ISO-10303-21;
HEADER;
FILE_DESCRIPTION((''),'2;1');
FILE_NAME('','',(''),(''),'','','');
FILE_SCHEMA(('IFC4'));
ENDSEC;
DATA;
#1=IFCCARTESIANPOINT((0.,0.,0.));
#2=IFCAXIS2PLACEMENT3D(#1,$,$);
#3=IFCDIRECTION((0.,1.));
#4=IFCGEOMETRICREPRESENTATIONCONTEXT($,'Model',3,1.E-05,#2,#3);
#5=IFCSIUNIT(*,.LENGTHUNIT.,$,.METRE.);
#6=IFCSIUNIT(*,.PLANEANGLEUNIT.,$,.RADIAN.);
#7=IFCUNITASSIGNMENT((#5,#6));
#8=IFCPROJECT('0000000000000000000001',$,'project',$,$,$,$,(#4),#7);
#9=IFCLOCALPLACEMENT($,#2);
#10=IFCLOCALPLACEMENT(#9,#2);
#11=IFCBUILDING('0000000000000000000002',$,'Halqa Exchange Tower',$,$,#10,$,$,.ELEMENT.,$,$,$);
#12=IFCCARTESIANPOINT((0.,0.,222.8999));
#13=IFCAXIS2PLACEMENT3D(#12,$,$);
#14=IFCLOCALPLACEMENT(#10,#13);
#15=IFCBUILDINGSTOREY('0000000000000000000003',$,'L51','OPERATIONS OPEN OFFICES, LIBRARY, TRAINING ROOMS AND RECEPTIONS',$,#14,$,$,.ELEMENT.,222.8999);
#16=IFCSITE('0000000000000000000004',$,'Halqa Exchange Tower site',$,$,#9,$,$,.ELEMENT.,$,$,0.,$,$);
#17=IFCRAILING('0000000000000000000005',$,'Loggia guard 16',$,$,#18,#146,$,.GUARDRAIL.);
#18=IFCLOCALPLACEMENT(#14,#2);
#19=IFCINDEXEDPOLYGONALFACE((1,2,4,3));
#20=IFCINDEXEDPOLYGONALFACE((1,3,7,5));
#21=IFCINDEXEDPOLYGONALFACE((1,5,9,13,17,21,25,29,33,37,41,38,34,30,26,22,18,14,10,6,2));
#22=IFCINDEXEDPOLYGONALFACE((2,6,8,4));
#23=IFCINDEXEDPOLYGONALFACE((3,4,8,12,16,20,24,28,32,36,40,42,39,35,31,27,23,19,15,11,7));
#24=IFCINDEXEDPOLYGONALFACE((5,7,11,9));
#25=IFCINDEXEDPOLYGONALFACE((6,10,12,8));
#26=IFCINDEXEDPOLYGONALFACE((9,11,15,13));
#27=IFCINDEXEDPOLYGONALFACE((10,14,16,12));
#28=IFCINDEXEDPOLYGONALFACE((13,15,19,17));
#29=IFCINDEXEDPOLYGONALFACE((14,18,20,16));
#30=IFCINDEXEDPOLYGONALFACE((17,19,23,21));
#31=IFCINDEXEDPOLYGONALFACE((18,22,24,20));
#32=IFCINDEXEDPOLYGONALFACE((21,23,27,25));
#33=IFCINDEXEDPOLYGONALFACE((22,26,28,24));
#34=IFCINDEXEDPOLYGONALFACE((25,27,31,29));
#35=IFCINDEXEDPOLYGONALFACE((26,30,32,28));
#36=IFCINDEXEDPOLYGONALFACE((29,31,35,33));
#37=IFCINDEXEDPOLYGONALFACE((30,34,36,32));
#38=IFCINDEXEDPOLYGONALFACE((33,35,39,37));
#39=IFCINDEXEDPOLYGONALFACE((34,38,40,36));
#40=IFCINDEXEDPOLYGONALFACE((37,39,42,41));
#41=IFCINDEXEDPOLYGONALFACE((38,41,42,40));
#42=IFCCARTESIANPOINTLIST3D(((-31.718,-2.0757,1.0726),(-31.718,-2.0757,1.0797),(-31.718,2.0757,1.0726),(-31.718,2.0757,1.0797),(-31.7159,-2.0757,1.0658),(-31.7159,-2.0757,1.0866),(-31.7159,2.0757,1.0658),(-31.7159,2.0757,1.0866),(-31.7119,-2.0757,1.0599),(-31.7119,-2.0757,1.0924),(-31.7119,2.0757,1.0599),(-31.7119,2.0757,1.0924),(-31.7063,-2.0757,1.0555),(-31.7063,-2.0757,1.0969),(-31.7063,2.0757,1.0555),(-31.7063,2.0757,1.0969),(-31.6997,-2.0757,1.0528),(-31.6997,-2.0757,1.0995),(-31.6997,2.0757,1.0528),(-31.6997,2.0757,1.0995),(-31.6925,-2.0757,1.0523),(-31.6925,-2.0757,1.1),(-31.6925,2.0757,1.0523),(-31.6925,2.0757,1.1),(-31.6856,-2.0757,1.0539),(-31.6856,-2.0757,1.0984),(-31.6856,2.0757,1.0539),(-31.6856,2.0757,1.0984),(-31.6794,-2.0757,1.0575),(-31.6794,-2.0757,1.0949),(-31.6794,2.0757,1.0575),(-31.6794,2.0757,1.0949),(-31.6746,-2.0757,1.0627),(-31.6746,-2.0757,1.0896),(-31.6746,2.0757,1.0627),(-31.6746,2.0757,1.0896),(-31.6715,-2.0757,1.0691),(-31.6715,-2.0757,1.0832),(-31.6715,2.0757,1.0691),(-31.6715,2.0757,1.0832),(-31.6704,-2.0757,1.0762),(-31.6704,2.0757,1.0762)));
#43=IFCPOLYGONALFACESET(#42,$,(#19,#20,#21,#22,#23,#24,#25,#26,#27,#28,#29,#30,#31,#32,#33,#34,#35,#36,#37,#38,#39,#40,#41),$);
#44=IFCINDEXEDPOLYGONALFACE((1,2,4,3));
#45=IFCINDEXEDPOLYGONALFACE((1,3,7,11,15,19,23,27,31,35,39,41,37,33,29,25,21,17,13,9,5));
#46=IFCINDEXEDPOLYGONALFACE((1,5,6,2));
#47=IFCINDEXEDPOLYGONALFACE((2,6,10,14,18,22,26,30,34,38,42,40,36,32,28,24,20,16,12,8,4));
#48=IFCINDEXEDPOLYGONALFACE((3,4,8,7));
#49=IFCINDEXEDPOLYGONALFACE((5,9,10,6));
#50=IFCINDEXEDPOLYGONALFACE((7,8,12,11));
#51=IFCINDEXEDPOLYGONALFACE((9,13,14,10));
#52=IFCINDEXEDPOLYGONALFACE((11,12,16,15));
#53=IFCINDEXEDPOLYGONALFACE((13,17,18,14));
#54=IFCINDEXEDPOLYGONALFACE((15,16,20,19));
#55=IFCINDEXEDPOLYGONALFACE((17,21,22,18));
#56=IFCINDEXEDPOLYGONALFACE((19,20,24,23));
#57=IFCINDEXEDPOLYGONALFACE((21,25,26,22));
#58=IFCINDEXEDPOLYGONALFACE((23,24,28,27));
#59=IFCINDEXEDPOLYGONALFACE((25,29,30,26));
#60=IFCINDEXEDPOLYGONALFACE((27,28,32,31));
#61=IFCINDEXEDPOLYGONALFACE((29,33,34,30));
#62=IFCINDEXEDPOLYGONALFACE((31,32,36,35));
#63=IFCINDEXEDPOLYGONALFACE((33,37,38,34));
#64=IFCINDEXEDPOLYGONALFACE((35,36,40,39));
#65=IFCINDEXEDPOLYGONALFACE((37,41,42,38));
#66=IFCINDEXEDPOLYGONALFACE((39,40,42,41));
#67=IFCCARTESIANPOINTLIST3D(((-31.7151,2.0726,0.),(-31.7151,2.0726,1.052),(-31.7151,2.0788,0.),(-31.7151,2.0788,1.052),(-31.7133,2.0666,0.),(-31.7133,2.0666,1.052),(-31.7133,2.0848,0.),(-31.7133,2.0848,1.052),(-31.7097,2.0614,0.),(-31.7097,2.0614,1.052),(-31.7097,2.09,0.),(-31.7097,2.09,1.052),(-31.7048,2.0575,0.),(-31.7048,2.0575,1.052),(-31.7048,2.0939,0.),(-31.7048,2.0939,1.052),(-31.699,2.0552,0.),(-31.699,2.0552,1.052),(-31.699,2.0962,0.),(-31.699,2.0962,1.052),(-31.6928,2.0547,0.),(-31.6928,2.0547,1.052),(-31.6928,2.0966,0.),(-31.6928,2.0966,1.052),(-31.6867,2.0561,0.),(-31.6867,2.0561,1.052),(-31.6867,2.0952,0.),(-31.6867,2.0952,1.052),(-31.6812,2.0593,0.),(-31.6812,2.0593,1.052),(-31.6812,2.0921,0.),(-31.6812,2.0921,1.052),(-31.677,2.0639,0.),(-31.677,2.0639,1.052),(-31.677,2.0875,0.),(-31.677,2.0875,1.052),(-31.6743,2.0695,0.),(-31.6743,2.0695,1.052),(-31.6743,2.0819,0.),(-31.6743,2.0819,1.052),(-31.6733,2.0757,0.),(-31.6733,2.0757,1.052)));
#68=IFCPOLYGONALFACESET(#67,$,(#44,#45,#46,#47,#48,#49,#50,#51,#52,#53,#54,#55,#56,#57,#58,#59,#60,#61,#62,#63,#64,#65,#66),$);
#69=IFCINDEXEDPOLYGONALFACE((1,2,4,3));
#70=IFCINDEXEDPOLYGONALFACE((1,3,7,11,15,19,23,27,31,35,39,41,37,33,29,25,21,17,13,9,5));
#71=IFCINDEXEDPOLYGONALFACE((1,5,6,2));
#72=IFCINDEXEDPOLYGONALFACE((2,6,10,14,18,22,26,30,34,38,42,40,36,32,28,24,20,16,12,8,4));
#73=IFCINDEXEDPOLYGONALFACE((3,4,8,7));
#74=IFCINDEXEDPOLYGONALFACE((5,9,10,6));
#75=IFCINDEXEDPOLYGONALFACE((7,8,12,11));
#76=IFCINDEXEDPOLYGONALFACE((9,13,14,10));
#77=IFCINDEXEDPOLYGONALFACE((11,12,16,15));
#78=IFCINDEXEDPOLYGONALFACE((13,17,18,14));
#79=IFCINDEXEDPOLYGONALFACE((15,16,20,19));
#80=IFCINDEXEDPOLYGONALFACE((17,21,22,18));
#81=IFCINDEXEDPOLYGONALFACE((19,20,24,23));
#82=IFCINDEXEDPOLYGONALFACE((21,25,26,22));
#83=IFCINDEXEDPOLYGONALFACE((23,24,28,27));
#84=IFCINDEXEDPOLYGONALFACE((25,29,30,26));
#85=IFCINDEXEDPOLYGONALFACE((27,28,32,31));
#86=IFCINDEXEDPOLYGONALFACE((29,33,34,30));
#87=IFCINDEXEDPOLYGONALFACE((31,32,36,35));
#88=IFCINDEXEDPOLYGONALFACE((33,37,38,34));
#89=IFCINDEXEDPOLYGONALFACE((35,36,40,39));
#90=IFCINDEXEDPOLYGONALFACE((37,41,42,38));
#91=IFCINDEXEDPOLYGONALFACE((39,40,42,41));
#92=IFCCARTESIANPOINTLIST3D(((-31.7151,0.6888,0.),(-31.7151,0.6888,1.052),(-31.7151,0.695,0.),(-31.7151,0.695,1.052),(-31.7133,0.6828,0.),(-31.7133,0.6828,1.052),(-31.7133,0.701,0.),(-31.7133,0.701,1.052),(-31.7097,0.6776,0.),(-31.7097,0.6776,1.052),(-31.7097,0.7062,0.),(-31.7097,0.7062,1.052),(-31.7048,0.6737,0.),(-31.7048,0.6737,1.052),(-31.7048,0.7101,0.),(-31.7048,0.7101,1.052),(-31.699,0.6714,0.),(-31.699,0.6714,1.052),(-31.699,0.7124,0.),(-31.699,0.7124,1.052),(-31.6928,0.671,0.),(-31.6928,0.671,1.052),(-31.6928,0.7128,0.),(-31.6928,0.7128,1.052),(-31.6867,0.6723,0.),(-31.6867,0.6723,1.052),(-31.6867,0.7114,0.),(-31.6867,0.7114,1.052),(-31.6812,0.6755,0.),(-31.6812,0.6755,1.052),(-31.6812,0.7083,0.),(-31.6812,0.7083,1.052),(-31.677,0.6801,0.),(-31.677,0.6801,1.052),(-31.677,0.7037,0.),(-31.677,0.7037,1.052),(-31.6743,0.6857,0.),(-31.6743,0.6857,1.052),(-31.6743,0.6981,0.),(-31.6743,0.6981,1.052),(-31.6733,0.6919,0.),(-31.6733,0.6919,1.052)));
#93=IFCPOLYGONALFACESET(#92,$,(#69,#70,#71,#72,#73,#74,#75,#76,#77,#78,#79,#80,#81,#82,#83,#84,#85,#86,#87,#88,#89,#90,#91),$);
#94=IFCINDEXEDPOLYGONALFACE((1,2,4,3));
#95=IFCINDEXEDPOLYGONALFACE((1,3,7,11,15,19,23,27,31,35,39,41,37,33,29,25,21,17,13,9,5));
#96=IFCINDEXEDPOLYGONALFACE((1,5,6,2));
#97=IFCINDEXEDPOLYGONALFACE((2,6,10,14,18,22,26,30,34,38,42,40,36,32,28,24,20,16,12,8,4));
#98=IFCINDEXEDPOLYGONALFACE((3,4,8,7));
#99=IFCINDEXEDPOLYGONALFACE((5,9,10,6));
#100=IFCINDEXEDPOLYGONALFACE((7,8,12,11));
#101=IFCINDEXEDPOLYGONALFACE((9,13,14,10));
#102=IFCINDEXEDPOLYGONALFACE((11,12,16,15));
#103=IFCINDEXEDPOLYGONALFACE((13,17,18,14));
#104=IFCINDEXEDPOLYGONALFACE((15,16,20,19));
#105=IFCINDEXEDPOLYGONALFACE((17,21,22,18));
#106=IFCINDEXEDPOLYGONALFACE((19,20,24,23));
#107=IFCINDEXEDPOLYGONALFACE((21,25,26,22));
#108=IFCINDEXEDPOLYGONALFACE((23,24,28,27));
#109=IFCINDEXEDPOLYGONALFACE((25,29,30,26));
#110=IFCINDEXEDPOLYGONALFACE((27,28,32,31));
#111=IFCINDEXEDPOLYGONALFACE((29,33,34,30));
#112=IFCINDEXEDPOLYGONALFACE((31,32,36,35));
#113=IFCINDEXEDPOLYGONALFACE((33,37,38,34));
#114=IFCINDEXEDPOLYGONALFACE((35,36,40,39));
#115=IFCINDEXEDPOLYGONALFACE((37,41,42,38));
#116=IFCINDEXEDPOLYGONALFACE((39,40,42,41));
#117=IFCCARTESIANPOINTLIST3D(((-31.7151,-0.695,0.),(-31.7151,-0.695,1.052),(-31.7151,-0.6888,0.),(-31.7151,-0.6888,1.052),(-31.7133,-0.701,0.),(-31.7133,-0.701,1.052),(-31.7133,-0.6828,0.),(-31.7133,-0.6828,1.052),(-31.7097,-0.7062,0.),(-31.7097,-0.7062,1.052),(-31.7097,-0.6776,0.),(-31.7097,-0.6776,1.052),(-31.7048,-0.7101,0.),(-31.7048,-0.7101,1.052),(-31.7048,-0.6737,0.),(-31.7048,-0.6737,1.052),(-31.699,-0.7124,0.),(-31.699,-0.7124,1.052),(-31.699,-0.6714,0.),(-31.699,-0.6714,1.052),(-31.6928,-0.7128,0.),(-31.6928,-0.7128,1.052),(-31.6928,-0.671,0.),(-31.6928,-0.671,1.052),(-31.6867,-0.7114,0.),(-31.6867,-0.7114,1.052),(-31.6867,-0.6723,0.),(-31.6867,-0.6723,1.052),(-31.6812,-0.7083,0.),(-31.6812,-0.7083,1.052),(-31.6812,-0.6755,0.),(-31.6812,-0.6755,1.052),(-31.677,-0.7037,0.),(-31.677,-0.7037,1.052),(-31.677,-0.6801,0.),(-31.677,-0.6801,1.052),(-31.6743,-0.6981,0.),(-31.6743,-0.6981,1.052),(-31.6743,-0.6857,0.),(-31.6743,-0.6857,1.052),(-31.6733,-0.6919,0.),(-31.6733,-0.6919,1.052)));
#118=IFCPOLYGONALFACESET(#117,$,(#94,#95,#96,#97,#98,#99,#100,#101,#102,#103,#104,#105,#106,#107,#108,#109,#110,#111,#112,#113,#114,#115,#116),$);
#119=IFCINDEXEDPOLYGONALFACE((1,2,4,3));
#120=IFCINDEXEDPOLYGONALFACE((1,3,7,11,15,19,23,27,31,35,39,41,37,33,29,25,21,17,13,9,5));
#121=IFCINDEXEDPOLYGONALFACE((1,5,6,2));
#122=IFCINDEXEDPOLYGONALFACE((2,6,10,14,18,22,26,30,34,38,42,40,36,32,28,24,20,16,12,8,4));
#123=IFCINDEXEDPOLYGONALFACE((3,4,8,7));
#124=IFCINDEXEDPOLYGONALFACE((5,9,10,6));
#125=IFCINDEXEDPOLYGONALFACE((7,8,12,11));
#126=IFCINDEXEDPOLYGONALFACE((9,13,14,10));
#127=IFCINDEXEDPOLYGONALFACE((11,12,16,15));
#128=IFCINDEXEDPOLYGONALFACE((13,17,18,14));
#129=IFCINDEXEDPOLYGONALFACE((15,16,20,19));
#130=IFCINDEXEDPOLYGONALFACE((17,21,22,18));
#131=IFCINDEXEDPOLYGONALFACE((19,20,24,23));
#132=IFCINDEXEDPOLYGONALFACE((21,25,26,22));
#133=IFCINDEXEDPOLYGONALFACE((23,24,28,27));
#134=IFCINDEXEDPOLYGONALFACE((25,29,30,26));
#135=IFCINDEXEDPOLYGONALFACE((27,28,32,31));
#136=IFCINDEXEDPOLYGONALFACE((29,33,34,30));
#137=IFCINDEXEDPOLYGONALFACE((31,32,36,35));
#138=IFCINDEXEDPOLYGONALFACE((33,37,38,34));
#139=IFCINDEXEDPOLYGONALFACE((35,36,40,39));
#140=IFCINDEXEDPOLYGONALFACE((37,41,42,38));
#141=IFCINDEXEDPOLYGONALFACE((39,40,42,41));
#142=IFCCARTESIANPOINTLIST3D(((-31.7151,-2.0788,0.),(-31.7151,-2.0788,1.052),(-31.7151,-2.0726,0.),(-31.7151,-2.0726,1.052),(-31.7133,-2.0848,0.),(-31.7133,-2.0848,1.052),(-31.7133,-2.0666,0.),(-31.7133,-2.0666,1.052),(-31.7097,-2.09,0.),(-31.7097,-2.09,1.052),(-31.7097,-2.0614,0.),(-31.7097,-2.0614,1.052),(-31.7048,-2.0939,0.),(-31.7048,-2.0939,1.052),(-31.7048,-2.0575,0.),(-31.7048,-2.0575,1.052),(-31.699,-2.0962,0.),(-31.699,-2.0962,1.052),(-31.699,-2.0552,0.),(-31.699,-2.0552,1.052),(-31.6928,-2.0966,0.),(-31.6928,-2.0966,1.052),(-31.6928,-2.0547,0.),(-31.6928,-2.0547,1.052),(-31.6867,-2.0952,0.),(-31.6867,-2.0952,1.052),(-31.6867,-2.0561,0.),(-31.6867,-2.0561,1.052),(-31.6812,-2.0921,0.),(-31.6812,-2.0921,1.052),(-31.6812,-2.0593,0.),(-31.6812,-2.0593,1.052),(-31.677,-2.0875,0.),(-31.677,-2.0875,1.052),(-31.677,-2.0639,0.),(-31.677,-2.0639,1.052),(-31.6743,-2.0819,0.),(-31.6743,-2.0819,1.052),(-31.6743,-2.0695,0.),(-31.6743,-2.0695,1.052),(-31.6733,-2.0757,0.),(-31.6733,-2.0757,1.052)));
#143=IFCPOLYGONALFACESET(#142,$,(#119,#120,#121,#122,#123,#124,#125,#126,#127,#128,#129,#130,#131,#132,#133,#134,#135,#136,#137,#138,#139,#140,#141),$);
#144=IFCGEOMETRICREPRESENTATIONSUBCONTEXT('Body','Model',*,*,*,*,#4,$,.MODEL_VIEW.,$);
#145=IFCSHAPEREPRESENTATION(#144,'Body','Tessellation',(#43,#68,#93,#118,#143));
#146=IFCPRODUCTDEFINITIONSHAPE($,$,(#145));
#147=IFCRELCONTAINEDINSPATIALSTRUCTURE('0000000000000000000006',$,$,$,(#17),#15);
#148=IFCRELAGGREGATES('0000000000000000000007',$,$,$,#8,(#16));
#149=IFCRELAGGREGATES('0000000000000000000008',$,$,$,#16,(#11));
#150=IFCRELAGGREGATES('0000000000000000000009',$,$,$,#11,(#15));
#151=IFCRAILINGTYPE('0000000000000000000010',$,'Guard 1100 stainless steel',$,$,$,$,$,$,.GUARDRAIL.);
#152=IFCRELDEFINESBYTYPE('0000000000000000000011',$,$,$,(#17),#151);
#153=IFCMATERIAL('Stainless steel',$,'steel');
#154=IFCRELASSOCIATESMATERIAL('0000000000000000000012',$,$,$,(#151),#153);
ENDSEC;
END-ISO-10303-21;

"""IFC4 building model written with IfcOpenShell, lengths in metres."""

from ifc_helpers import new_model, si_unit, direction, frame, origin, origin_2d, place, context, subcontext, project, spatial, circle, extrude, material, type_object, element, save


model = new_model("IFC4")

# Units and contexts
model_context = context("Model", 3, precision=1e-05, world=origin(), true_north=direction((0.0, 1.0)))
body_context = subcontext(model_context, "Body", "Model", "MODEL_VIEW")
ifc_project = project(units=[si_unit("LENGTHUNIT", "METRE"), si_unit("PLANEANGLEUNIT", "RADIAN")], contexts=[model_context])

# Site, building, storey
site_placement = place(None, origin())
site = spatial("IfcSite", under=ifc_project, at=site_placement, Name="Halqa Exchange Tower site", CompositionType="ELEMENT", RefElevation=0.0)
building_placement = place(site_placement, origin())
building = spatial("IfcBuilding", under=site, at=building_placement, Name="Halqa Exchange Tower", CompositionType="ELEMENT")
storey_placement = place(building_placement, frame((0.0, 0.0, 222.8999)))
storey = spatial("IfcBuildingStorey", under=building, at=storey_placement, Name="L51", Description="OPERATIONS OPEN OFFICES, LIBRARY, TRAINING ROOMS AND RECEPTIONS", CompositionType="ELEMENT", Elevation=222.8999)

# Railing
ifc_material_1 = material(Name="Stainless steel", Category="steel")
railing_type = type_object("IfcRailingType", Name="Guard 1100 stainless steel", PredefinedType="GUARDRAIL", material=ifc_material_1)
railing_1_placement = place(storey_placement, frame((-31.6943, 2.0757, 0.0)))
element("IfcRailing", 1, at=railing_1_placement, inside=storey, type_object=railing_type, Name="Loggia guard 16", PredefinedType="GUARDRAIL", context=body_context, shape_type="SweptSolid", body=[
    extrude(circle(Radius=0.0239, at=origin_2d()), frame((0.0, 0.0, 1.0762), z_axis=(0.0, -1.0, 0.0), x_axis=(1.0, 0.0, 0.0)), (0.0, 0.0, 1.0), 4.1514),
    extrude(circle(Radius=0.021, at=origin_2d()), origin(), (0.0, 0.0, 1.0), 1.052),
    extrude(circle(Radius=0.021, at=origin_2d()), frame((0.0, -1.3838, 0.0)), (0.0, 0.0, 1.0), 1.052),
    extrude(circle(Radius=0.021, at=origin_2d()), frame((0.0, -2.7676, 0.0)), (0.0, 0.0, 1.0), 1.052),
    extrude(circle(Radius=0.021, at=origin_2d()), frame((0.0, -4.1514, 0.0)), (0.0, 0.0, 1.0), 1.052),
])

save(model, "model.ifc")
